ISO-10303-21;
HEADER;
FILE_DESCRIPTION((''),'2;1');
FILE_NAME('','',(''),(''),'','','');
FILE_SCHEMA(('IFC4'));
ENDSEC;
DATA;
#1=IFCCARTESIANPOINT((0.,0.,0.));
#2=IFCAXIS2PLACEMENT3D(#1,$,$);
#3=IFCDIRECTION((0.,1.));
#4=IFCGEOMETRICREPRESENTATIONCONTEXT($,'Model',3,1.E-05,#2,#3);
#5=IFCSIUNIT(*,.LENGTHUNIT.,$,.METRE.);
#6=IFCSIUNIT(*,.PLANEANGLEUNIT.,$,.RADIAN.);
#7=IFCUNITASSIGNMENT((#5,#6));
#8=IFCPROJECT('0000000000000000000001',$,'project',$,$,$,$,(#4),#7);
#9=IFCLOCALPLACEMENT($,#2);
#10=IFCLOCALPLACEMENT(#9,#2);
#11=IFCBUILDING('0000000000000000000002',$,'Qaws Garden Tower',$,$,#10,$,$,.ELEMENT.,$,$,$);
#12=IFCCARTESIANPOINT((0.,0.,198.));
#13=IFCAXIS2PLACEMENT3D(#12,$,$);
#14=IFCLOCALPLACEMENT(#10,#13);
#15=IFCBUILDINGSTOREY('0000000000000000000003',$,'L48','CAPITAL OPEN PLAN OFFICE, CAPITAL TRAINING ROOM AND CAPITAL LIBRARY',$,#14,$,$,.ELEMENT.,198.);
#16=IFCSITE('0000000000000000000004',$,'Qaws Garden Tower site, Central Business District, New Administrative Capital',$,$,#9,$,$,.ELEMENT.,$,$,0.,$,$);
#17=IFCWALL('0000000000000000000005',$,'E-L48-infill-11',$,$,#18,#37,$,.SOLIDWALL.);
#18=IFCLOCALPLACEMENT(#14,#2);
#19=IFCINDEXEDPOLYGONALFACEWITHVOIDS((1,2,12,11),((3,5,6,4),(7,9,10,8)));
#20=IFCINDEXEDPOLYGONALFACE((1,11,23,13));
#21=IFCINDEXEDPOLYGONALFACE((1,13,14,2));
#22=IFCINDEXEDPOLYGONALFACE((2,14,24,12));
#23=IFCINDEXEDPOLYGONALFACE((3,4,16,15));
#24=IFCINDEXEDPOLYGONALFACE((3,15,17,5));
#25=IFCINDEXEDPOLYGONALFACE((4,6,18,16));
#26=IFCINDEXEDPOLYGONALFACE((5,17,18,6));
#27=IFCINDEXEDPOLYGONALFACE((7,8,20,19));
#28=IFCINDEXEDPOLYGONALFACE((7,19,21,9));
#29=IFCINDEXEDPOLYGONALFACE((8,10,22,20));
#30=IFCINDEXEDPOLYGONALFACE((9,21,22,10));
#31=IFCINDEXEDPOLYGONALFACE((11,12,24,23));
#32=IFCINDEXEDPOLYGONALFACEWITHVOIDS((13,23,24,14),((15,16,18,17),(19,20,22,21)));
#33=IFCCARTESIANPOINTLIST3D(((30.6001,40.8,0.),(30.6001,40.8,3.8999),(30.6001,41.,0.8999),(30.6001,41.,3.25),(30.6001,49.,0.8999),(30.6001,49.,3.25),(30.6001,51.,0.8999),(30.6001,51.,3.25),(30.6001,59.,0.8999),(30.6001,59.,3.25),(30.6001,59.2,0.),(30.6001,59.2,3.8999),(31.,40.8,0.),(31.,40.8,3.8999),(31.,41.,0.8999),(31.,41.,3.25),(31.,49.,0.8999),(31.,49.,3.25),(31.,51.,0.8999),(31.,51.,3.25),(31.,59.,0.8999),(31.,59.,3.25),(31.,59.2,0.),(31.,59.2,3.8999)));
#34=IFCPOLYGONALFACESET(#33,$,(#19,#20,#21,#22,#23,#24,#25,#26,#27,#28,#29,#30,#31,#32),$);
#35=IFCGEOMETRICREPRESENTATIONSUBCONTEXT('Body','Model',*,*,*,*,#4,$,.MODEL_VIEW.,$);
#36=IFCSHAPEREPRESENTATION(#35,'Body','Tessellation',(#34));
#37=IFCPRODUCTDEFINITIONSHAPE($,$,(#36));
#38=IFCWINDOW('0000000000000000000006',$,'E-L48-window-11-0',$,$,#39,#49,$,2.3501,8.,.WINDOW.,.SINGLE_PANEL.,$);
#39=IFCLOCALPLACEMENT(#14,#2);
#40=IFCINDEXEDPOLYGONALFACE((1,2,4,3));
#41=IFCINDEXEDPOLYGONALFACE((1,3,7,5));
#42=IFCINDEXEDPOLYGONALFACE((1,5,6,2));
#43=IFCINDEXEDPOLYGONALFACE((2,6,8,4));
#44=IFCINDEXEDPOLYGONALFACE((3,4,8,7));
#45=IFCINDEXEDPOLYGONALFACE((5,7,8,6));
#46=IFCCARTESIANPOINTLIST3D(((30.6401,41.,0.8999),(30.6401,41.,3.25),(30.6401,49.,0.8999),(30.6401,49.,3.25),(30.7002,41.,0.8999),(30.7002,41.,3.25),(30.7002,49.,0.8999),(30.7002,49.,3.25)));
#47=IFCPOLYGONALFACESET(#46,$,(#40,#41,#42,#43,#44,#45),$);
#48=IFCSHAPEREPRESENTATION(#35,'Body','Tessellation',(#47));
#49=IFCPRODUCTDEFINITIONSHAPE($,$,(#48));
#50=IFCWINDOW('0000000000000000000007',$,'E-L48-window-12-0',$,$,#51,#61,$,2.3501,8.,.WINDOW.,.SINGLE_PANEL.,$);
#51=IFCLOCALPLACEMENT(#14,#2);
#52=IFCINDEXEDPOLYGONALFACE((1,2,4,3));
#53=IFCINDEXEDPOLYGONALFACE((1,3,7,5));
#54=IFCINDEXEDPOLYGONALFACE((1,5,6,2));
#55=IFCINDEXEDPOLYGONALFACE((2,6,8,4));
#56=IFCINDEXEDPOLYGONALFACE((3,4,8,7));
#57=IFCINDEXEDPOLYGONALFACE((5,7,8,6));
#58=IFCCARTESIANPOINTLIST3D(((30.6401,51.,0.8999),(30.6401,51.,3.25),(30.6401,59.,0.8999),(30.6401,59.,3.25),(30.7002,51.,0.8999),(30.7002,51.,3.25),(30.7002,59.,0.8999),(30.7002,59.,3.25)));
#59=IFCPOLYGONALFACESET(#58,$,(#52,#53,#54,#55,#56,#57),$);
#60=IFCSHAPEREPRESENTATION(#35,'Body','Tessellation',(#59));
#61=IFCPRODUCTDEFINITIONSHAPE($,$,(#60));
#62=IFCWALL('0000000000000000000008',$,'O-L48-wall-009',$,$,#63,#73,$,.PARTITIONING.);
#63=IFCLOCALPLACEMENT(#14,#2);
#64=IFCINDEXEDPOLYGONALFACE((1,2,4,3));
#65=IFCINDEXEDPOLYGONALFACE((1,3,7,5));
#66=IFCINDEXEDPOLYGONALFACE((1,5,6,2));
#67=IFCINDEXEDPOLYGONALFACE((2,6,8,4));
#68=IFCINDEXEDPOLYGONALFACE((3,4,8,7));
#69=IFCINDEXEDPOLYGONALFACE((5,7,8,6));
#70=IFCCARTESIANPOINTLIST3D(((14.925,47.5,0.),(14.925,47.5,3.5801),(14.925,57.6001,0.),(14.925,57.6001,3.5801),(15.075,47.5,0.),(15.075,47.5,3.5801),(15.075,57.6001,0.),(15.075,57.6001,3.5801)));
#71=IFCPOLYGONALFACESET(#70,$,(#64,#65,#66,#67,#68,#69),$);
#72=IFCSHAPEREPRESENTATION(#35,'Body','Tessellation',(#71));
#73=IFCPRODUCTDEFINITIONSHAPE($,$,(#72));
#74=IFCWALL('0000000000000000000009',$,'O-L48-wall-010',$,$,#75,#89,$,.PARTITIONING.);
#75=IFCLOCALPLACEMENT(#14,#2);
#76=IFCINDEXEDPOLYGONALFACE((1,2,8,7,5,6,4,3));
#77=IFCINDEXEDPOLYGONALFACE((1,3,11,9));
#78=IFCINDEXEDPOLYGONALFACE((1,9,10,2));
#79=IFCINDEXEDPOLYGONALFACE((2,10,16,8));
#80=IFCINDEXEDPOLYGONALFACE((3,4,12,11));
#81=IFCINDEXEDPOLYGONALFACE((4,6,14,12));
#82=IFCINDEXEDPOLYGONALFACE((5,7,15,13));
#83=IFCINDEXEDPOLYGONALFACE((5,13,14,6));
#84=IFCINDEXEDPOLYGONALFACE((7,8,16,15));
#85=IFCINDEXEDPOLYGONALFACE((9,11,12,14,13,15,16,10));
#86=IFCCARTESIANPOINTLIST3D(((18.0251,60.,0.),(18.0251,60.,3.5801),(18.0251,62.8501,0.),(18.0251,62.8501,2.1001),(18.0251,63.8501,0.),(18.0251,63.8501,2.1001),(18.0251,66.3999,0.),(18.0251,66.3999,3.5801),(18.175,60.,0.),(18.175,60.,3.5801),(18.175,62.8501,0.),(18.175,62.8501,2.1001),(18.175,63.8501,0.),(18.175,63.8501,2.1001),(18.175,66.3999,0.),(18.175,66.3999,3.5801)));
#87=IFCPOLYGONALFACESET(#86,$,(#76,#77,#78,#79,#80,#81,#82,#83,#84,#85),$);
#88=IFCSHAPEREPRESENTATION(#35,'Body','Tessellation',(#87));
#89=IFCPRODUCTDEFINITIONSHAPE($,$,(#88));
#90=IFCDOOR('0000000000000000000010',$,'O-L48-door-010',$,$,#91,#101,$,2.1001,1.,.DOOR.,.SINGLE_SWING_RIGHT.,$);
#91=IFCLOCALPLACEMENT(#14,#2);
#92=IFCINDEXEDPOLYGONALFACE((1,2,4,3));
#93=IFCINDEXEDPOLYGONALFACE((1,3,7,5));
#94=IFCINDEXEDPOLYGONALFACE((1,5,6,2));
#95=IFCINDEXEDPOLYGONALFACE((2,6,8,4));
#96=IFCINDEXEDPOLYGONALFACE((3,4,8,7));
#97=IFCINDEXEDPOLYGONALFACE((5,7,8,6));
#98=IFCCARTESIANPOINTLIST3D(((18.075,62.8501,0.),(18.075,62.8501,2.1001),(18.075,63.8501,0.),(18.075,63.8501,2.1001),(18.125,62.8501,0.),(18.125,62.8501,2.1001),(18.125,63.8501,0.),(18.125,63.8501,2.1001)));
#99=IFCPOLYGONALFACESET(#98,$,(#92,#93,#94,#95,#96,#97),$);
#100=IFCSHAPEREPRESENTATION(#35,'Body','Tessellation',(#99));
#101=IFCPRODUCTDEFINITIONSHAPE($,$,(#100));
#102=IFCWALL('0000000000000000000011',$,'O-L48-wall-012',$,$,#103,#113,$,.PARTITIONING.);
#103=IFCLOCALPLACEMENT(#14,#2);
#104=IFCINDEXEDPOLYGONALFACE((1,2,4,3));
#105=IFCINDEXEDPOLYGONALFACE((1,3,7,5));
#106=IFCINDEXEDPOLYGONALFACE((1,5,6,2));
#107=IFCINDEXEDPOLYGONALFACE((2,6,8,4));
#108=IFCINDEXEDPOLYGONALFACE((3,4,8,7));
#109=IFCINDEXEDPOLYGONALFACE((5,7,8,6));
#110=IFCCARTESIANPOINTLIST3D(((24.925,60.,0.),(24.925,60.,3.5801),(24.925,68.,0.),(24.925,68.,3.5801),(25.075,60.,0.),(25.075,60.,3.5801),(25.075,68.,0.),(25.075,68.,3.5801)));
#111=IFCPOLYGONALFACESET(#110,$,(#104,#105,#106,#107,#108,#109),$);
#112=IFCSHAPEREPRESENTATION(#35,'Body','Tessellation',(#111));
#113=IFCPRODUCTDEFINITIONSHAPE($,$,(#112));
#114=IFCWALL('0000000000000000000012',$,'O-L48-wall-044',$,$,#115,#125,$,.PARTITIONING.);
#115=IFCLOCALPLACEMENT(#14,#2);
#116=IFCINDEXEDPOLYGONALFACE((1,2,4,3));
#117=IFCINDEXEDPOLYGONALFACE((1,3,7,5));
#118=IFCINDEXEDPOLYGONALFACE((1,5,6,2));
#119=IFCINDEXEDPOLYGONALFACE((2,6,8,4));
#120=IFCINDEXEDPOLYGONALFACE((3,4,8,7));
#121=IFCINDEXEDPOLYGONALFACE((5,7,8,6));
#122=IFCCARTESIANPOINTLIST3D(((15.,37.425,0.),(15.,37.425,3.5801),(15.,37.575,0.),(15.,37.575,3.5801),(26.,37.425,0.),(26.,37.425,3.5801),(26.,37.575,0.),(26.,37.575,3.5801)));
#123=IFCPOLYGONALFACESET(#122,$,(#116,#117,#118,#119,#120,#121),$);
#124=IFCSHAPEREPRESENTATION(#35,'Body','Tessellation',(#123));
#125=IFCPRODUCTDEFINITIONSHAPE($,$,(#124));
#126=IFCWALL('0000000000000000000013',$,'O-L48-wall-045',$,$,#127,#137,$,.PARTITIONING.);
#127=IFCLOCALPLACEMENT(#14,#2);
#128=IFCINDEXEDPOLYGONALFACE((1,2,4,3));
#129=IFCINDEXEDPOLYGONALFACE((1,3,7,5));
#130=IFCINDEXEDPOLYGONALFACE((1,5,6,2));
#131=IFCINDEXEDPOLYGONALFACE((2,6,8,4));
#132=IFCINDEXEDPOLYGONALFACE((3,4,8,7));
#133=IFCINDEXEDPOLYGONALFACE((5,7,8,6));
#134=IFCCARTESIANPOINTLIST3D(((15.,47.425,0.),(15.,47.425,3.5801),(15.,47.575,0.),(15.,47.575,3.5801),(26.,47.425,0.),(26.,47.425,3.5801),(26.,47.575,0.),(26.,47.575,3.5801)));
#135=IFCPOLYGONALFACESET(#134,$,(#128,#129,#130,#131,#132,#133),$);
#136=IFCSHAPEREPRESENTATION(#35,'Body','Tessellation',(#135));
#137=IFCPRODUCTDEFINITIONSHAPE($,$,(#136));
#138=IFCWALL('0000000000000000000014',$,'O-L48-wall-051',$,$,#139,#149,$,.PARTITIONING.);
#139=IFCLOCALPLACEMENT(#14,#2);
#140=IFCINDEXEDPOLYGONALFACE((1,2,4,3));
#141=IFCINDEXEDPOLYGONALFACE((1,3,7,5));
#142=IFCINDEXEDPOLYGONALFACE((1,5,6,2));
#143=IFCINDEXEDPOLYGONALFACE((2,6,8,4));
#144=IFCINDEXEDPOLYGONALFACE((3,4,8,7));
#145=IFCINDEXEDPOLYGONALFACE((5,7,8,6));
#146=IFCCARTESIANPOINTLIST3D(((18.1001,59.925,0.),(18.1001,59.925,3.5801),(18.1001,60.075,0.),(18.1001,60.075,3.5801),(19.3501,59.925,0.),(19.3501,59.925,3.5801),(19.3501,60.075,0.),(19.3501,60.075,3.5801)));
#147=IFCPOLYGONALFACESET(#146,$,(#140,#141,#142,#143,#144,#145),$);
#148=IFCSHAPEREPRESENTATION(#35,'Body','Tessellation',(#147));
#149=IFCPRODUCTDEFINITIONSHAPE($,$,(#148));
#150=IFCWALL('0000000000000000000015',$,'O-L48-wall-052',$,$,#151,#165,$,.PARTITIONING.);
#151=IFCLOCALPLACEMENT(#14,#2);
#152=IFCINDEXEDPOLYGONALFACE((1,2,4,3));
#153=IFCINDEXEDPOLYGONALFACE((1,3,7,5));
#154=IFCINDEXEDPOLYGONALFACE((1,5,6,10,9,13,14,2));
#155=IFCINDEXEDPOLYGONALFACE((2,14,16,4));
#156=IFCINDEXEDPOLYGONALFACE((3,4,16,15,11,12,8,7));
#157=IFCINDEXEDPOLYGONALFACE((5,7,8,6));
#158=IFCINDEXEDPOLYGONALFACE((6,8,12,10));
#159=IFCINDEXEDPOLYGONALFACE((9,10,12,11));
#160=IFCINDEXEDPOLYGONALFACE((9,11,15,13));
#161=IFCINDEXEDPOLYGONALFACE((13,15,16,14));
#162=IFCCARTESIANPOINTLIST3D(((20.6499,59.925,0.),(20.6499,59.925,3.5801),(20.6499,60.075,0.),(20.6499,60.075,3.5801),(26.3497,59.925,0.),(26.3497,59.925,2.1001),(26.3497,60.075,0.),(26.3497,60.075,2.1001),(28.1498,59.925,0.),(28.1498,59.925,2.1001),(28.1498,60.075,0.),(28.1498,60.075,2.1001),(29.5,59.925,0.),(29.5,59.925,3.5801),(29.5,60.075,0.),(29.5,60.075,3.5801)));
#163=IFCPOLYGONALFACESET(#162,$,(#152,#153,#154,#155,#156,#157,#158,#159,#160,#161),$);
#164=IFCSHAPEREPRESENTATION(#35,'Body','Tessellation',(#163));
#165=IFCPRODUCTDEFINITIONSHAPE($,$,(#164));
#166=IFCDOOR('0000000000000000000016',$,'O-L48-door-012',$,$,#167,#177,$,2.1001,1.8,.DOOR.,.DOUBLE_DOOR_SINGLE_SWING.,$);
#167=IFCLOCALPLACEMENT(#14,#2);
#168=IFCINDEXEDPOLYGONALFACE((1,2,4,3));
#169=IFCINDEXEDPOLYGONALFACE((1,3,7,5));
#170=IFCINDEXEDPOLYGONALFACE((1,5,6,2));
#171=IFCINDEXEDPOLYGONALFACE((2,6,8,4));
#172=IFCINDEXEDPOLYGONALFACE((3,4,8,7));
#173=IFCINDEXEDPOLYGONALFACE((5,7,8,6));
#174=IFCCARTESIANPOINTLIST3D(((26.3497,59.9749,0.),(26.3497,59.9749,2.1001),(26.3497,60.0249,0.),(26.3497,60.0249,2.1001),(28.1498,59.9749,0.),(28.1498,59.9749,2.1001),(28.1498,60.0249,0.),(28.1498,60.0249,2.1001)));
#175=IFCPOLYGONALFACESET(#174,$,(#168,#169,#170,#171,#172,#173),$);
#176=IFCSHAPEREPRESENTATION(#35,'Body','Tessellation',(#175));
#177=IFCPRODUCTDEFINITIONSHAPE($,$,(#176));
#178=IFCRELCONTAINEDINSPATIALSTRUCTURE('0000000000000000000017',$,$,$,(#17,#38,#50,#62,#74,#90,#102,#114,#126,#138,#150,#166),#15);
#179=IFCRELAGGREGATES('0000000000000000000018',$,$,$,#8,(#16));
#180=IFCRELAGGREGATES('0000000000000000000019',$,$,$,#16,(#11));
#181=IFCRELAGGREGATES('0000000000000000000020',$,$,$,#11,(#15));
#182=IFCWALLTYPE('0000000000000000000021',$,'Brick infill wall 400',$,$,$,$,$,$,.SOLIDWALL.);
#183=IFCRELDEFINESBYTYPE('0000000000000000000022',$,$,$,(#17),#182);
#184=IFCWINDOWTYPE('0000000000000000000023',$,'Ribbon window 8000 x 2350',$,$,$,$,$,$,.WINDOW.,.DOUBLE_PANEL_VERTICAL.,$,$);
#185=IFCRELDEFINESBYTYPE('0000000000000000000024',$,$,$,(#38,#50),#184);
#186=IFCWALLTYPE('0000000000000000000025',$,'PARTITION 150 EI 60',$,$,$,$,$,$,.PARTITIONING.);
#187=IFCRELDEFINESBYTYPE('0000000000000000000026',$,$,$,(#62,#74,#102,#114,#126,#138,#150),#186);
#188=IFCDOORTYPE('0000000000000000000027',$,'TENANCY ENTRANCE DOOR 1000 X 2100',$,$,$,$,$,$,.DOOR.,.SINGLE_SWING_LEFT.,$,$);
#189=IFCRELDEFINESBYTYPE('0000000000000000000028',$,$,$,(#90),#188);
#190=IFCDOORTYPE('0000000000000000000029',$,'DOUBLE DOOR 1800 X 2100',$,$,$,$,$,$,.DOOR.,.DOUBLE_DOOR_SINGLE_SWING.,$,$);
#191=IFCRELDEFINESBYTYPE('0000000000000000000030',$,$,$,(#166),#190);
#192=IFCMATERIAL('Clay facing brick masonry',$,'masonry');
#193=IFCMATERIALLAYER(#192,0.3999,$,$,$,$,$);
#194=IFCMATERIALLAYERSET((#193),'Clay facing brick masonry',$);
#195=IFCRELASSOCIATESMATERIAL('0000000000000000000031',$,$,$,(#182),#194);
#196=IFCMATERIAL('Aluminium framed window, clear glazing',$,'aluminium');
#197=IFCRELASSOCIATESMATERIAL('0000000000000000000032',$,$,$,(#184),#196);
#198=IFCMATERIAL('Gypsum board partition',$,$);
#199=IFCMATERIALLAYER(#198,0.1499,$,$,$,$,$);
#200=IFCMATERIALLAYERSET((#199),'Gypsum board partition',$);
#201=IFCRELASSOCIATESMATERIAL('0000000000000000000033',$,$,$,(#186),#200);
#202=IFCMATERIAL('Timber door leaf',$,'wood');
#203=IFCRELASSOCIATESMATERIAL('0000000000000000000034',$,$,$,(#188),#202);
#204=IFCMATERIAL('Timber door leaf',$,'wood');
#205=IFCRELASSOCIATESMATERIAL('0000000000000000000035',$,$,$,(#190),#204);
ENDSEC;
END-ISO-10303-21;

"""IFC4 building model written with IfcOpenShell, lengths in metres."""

from ifc_helpers import new_model, si_unit, direction, frame, frame_2d, origin, place, context, subcontext, project, spatial, rectangle, extrude, material, layer, layer_set, type_object, element, fill, save


model = new_model("IFC4")

# Units and contexts
model_context = context("Model", 3, precision=1e-05, world=origin(), true_north=direction((0.0, 1.0)))
body_context = subcontext(model_context, "Body", "Model", "MODEL_VIEW")
ifc_project = project(units=[si_unit("LENGTHUNIT", "METRE"), si_unit("PLANEANGLEUNIT", "RADIAN")], contexts=[model_context])

# Site, building, storey
site_placement = place(None, origin())
site = spatial("IfcSite", under=ifc_project, at=site_placement, Name="Qaws Garden Tower site, Central Business District, New Administrative Capital", CompositionType="ELEMENT", RefElevation=0.0)
building_placement = place(site_placement, origin())
building = spatial("IfcBuilding", under=site, at=building_placement, Name="Qaws Garden Tower", CompositionType="ELEMENT")
storey_placement = place(building_placement, frame((0.0, 0.0, 198.0)))
storey = spatial("IfcBuildingStorey", under=building, at=storey_placement, Name="L48", Description="CAPITAL OPEN PLAN OFFICE, CAPITAL TRAINING ROOM AND CAPITAL LIBRARY", CompositionType="ELEMENT", Elevation=198.0)

# Shared definitions
ifc_material_1 = material(Name="Clay facing brick masonry", Category="masonry")
ifc_layer_1 = layer(ifc_material_1, 0.3999)
ifc_layer_set_1 = layer_set([ifc_layer_1], Name="Clay facing brick masonry")
wall_type_1 = type_object("IfcWallType", Name="Brick infill wall 400", PredefinedType="SOLIDWALL", material=ifc_layer_set_1)

# Wall, openings, windows
wall_1_placement = place(storey_placement, frame((30.8, 40.8, 0.0), z_axis=(0.0, 0.0, 1.0), x_axis=(0.0, 1.0, 0.0)))
wall_1 = element("IfcWall", 1, at=wall_1_placement, inside=storey, type_object=wall_type_1, Name="E-L48-infill-11", PredefinedType="SOLIDWALL", context=body_context, shape_type="SweptSolid", body=[
    extrude(rectangle(XDim=18.3999, YDim=0.3999, at=frame_2d((9.2, 0.0))), origin(), (0.0, 0.0, 1.0), 3.8999),
])
opening_1_placement = place(wall_1_placement, frame((0.2, 0.0, 0.8999)))
opening_1 = element("IfcOpeningElement", 2, at=opening_1_placement, cuts=wall_1, PredefinedType="OPENING", context=body_context, shape_type="SweptSolid", body=[
    extrude(rectangle(XDim=8.0, YDim=2.3501, at=frame_2d((4.0, 1.175))), frame((0.0, 0.21, 0.0), z_axis=(0.0, -1.0, 0.0), x_axis=(1.0, 0.0, 0.0)), (0.0, 0.0, 1.0), 0.4199),
])
opening_2_placement = place(wall_1_placement, frame((10.2, 0.0, 0.8999)))
opening_2 = element("IfcOpeningElement", 3, at=opening_2_placement, cuts=wall_1, PredefinedType="OPENING", context=body_context, shape_type="SweptSolid", body=[
    extrude(rectangle(XDim=8.0, YDim=2.3501, at=frame_2d((4.0, 1.175))), frame((0.0, 0.21, 0.0), z_axis=(0.0, -1.0, 0.0), x_axis=(1.0, 0.0, 0.0)), (0.0, 0.0, 1.0), 0.4199),
])
ifc_material_2 = material(Name="Aluminium framed window, clear glazing", Category="aluminium")
window_type_1 = type_object("IfcWindowType", Name="Ribbon window 8000 x 2350", PartitioningType="DOUBLE_PANEL_VERTICAL", PredefinedType="WINDOW", material=ifc_material_2)
window_1_placement = place(opening_1_placement, origin())
window_1 = element("IfcWindow", 4, at=window_1_placement, inside=storey, type_object=window_type_1, Name="E-L48-window-11-0", OverallHeight=2.3501, OverallWidth=8.0, PartitioningType="SINGLE_PANEL", PredefinedType="WINDOW", context=body_context, shape_type="SweptSolid", body=[
    extrude(rectangle(XDim=8.0, YDim=2.3501, at=frame_2d((4.0, 1.175))), frame((0.0, 0.1599, 0.0), z_axis=(0.0, -1.0, 0.0), x_axis=(1.0, 0.0, 0.0)), (0.0, 0.0, 1.0), 0.0601),
])
fill(opening_1, window_1)
window_2_placement = place(opening_2_placement, origin())
window_2 = element("IfcWindow", 5, at=window_2_placement, inside=storey, type_object=window_type_1, Name="E-L48-window-12-0", OverallHeight=2.3501, OverallWidth=8.0, PartitioningType="SINGLE_PANEL", PredefinedType="WINDOW", context=body_context, shape_type="SweptSolid", body=[
    extrude(rectangle(XDim=8.0, YDim=2.3501, at=frame_2d((4.0, 1.175))), frame((0.0, 0.1599, 0.0), z_axis=(0.0, -1.0, 0.0), x_axis=(1.0, 0.0, 0.0)), (0.0, 0.0, 1.0), 0.0601),
])
fill(opening_2, window_2)

# Wall
ifc_material_3 = material(Name="Gypsum board partition")
ifc_layer_2 = layer(ifc_material_3, 0.1499)
ifc_layer_set_2 = layer_set([ifc_layer_2], Name="Gypsum board partition")
wall_type_2 = type_object("IfcWallType", Name="PARTITION 150 EI 60", PredefinedType="PARTITIONING", material=ifc_layer_set_2)
wall_2_placement = place(storey_placement, frame((15.0, 47.5, 0.0), z_axis=(0.0, 0.0, 1.0), x_axis=(0.0, 1.0, 0.0)))
element("IfcWall", 6, at=wall_2_placement, inside=storey, type_object=wall_type_2, Name="O-L48-wall-009", PredefinedType="PARTITIONING", context=body_context, shape_type="SweptSolid", body=[
    extrude(rectangle(XDim=10.1001, YDim=0.1499, at=frame_2d((5.05, 0.0))), origin(), (0.0, 0.0, 1.0), 3.5801),
])

# Wall, opening, door
wall_3_placement = place(storey_placement, frame((18.1001, 60.0, 0.0), z_axis=(0.0, 0.0, 1.0), x_axis=(0.0, 1.0, 0.0)))
wall_3 = element("IfcWall", 7, at=wall_3_placement, inside=storey, type_object=wall_type_2, Name="O-L48-wall-010", PredefinedType="PARTITIONING", context=body_context, shape_type="SweptSolid", body=[
    extrude(rectangle(XDim=6.3999, YDim=0.1499, at=frame_2d((3.2, 0.0))), origin(), (0.0, 0.0, 1.0), 3.5801),
])
opening_3_placement = place(wall_3_placement, frame((2.8501, 0.0, 0.0)))
opening_3 = element("IfcOpeningElement", 8, at=opening_3_placement, cuts=wall_3, PredefinedType="OPENING", context=body_context, shape_type="SweptSolid", body=[
    extrude(rectangle(XDim=1.0, YDim=2.1001, at=frame_2d((0.5, 1.05))), frame((0.0, 0.085, 0.0), z_axis=(0.0, -1.0, 0.0), x_axis=(1.0, 0.0, 0.0)), (0.0, 0.0, 1.0), 0.1699),
])
ifc_material_4 = material(Name="Timber door leaf", Category="wood")
door_type_1 = type_object("IfcDoorType", Name="TENANCY ENTRANCE DOOR 1000 X 2100", OperationType="SINGLE_SWING_LEFT", PredefinedType="DOOR", material=ifc_material_4)
door_1_placement = place(opening_3_placement, frame((1.0, 0.0, 0.0), z_axis=(0.0, 0.0, 1.0), x_axis=(-1.0, 0.0, 0.0)))
door_1 = element("IfcDoor", 9, at=door_1_placement, inside=storey, type_object=door_type_1, Name="O-L48-door-010", OperationType="SINGLE_SWING_RIGHT", OverallHeight=2.1001, OverallWidth=1.0, PredefinedType="DOOR", context=body_context, shape_type="SweptSolid", body=[
    extrude(rectangle(XDim=1.0, YDim=2.1001, at=frame_2d((0.5, 1.05))), frame((0.0, 0.0249, 0.0), z_axis=(0.0, -1.0, 0.0), x_axis=(1.0, 0.0, 0.0)), (0.0, 0.0, 1.0), 0.05),
])
fill(opening_3, door_1)

# Walls
wall_4_placement = place(storey_placement, frame((25.0, 60.0, 0.0), z_axis=(0.0, 0.0, 1.0), x_axis=(0.0, 1.0, 0.0)))
element("IfcWall", 10, at=wall_4_placement, inside=storey, type_object=wall_type_2, Name="O-L48-wall-012", PredefinedType="PARTITIONING", context=body_context, shape_type="SweptSolid", body=[
    extrude(rectangle(XDim=8.0, YDim=0.1499, at=frame_2d((4.0, 0.0))), origin(), (0.0, 0.0, 1.0), 3.5801),
])
for number, where, z_axis, x_axis, name in (
    (11, (15.0, 37.5, 0.0), (0.0, 0.0, 1.0), (1.0, 0.0, 0.0), "O-L48-wall-044"),
    (12, (15.0, 47.5, 0.0), (0.0, 0.0, 1.0), (1.0, 0.0, 0.0), "O-L48-wall-045"),
):
    element("IfcWall", number, at=place(storey_placement, frame(where, z_axis=z_axis, x_axis=x_axis)), inside=storey, type_object=wall_type_2, Name=name, PredefinedType="PARTITIONING", context=body_context, shape_type="SweptSolid", body=[
        extrude(rectangle(XDim=11.0, YDim=0.1499, at=frame_2d((5.5, 0.0))), origin(), (0.0, 0.0, 1.0), 3.5801),
    ])
wall_5_placement = place(storey_placement, frame((18.1001, 60.0, 0.0), z_axis=(0.0, 0.0, 1.0), x_axis=(1.0, 0.0, 0.0)))
element("IfcWall", 13, at=wall_5_placement, inside=storey, type_object=wall_type_2, Name="O-L48-wall-051", PredefinedType="PARTITIONING", context=body_context, shape_type="SweptSolid", body=[
    extrude(rectangle(XDim=1.25, YDim=0.1499, at=frame_2d((0.625, 0.0))), origin(), (0.0, 0.0, 1.0), 3.5801),
])

# Wall, opening, door
wall_6_placement = place(storey_placement, frame((20.6499, 60.0, 0.0), z_axis=(0.0, 0.0, 1.0), x_axis=(1.0, 0.0, 0.0)))
wall_6 = element("IfcWall", 14, at=wall_6_placement, inside=storey, type_object=wall_type_2, Name="O-L48-wall-052", PredefinedType="PARTITIONING", context=body_context, shape_type="SweptSolid", body=[
    extrude(rectangle(XDim=8.8501, YDim=0.1499, at=frame_2d((4.425, 0.0))), origin(), (0.0, 0.0, 1.0), 3.5801),
])
opening_4_placement = place(wall_6_placement, frame((5.7, 0.0, 0.0)))
opening_4 = element("IfcOpeningElement", 15, at=opening_4_placement, cuts=wall_6, PredefinedType="OPENING", context=body_context, shape_type="SweptSolid", body=[
    extrude(rectangle(XDim=1.8, YDim=2.1001, at=frame_2d((0.8999, 1.05))), frame((0.0, 0.085, 0.0), z_axis=(0.0, -1.0, 0.0), x_axis=(1.0, 0.0, 0.0)), (0.0, 0.0, 1.0), 0.1699),
])
ifc_material_5 = material(Name="Timber door leaf", Category="wood")
door_type_2 = type_object("IfcDoorType", Name="DOUBLE DOOR 1800 X 2100", OperationType="DOUBLE_DOOR_SINGLE_SWING", PredefinedType="DOOR", material=ifc_material_5)
door_2_placement = place(opening_4_placement, origin())
door_2 = element("IfcDoor", 16, at=door_2_placement, inside=storey, type_object=door_type_2, Name="O-L48-door-012", OperationType="DOUBLE_DOOR_SINGLE_SWING", OverallHeight=2.1001, OverallWidth=1.8, PredefinedType="DOOR", context=body_context, shape_type="SweptSolid", body=[
    extrude(rectangle(XDim=1.8, YDim=2.1001, at=frame_2d((0.8999, 1.05))), frame((0.0, 0.0249, 0.0), z_axis=(0.0, -1.0, 0.0), x_axis=(1.0, 0.0, 0.0)), (0.0, 0.0, 1.0), 0.05),
])
fill(opening_4, door_2)

save(model, "model.ifc")
